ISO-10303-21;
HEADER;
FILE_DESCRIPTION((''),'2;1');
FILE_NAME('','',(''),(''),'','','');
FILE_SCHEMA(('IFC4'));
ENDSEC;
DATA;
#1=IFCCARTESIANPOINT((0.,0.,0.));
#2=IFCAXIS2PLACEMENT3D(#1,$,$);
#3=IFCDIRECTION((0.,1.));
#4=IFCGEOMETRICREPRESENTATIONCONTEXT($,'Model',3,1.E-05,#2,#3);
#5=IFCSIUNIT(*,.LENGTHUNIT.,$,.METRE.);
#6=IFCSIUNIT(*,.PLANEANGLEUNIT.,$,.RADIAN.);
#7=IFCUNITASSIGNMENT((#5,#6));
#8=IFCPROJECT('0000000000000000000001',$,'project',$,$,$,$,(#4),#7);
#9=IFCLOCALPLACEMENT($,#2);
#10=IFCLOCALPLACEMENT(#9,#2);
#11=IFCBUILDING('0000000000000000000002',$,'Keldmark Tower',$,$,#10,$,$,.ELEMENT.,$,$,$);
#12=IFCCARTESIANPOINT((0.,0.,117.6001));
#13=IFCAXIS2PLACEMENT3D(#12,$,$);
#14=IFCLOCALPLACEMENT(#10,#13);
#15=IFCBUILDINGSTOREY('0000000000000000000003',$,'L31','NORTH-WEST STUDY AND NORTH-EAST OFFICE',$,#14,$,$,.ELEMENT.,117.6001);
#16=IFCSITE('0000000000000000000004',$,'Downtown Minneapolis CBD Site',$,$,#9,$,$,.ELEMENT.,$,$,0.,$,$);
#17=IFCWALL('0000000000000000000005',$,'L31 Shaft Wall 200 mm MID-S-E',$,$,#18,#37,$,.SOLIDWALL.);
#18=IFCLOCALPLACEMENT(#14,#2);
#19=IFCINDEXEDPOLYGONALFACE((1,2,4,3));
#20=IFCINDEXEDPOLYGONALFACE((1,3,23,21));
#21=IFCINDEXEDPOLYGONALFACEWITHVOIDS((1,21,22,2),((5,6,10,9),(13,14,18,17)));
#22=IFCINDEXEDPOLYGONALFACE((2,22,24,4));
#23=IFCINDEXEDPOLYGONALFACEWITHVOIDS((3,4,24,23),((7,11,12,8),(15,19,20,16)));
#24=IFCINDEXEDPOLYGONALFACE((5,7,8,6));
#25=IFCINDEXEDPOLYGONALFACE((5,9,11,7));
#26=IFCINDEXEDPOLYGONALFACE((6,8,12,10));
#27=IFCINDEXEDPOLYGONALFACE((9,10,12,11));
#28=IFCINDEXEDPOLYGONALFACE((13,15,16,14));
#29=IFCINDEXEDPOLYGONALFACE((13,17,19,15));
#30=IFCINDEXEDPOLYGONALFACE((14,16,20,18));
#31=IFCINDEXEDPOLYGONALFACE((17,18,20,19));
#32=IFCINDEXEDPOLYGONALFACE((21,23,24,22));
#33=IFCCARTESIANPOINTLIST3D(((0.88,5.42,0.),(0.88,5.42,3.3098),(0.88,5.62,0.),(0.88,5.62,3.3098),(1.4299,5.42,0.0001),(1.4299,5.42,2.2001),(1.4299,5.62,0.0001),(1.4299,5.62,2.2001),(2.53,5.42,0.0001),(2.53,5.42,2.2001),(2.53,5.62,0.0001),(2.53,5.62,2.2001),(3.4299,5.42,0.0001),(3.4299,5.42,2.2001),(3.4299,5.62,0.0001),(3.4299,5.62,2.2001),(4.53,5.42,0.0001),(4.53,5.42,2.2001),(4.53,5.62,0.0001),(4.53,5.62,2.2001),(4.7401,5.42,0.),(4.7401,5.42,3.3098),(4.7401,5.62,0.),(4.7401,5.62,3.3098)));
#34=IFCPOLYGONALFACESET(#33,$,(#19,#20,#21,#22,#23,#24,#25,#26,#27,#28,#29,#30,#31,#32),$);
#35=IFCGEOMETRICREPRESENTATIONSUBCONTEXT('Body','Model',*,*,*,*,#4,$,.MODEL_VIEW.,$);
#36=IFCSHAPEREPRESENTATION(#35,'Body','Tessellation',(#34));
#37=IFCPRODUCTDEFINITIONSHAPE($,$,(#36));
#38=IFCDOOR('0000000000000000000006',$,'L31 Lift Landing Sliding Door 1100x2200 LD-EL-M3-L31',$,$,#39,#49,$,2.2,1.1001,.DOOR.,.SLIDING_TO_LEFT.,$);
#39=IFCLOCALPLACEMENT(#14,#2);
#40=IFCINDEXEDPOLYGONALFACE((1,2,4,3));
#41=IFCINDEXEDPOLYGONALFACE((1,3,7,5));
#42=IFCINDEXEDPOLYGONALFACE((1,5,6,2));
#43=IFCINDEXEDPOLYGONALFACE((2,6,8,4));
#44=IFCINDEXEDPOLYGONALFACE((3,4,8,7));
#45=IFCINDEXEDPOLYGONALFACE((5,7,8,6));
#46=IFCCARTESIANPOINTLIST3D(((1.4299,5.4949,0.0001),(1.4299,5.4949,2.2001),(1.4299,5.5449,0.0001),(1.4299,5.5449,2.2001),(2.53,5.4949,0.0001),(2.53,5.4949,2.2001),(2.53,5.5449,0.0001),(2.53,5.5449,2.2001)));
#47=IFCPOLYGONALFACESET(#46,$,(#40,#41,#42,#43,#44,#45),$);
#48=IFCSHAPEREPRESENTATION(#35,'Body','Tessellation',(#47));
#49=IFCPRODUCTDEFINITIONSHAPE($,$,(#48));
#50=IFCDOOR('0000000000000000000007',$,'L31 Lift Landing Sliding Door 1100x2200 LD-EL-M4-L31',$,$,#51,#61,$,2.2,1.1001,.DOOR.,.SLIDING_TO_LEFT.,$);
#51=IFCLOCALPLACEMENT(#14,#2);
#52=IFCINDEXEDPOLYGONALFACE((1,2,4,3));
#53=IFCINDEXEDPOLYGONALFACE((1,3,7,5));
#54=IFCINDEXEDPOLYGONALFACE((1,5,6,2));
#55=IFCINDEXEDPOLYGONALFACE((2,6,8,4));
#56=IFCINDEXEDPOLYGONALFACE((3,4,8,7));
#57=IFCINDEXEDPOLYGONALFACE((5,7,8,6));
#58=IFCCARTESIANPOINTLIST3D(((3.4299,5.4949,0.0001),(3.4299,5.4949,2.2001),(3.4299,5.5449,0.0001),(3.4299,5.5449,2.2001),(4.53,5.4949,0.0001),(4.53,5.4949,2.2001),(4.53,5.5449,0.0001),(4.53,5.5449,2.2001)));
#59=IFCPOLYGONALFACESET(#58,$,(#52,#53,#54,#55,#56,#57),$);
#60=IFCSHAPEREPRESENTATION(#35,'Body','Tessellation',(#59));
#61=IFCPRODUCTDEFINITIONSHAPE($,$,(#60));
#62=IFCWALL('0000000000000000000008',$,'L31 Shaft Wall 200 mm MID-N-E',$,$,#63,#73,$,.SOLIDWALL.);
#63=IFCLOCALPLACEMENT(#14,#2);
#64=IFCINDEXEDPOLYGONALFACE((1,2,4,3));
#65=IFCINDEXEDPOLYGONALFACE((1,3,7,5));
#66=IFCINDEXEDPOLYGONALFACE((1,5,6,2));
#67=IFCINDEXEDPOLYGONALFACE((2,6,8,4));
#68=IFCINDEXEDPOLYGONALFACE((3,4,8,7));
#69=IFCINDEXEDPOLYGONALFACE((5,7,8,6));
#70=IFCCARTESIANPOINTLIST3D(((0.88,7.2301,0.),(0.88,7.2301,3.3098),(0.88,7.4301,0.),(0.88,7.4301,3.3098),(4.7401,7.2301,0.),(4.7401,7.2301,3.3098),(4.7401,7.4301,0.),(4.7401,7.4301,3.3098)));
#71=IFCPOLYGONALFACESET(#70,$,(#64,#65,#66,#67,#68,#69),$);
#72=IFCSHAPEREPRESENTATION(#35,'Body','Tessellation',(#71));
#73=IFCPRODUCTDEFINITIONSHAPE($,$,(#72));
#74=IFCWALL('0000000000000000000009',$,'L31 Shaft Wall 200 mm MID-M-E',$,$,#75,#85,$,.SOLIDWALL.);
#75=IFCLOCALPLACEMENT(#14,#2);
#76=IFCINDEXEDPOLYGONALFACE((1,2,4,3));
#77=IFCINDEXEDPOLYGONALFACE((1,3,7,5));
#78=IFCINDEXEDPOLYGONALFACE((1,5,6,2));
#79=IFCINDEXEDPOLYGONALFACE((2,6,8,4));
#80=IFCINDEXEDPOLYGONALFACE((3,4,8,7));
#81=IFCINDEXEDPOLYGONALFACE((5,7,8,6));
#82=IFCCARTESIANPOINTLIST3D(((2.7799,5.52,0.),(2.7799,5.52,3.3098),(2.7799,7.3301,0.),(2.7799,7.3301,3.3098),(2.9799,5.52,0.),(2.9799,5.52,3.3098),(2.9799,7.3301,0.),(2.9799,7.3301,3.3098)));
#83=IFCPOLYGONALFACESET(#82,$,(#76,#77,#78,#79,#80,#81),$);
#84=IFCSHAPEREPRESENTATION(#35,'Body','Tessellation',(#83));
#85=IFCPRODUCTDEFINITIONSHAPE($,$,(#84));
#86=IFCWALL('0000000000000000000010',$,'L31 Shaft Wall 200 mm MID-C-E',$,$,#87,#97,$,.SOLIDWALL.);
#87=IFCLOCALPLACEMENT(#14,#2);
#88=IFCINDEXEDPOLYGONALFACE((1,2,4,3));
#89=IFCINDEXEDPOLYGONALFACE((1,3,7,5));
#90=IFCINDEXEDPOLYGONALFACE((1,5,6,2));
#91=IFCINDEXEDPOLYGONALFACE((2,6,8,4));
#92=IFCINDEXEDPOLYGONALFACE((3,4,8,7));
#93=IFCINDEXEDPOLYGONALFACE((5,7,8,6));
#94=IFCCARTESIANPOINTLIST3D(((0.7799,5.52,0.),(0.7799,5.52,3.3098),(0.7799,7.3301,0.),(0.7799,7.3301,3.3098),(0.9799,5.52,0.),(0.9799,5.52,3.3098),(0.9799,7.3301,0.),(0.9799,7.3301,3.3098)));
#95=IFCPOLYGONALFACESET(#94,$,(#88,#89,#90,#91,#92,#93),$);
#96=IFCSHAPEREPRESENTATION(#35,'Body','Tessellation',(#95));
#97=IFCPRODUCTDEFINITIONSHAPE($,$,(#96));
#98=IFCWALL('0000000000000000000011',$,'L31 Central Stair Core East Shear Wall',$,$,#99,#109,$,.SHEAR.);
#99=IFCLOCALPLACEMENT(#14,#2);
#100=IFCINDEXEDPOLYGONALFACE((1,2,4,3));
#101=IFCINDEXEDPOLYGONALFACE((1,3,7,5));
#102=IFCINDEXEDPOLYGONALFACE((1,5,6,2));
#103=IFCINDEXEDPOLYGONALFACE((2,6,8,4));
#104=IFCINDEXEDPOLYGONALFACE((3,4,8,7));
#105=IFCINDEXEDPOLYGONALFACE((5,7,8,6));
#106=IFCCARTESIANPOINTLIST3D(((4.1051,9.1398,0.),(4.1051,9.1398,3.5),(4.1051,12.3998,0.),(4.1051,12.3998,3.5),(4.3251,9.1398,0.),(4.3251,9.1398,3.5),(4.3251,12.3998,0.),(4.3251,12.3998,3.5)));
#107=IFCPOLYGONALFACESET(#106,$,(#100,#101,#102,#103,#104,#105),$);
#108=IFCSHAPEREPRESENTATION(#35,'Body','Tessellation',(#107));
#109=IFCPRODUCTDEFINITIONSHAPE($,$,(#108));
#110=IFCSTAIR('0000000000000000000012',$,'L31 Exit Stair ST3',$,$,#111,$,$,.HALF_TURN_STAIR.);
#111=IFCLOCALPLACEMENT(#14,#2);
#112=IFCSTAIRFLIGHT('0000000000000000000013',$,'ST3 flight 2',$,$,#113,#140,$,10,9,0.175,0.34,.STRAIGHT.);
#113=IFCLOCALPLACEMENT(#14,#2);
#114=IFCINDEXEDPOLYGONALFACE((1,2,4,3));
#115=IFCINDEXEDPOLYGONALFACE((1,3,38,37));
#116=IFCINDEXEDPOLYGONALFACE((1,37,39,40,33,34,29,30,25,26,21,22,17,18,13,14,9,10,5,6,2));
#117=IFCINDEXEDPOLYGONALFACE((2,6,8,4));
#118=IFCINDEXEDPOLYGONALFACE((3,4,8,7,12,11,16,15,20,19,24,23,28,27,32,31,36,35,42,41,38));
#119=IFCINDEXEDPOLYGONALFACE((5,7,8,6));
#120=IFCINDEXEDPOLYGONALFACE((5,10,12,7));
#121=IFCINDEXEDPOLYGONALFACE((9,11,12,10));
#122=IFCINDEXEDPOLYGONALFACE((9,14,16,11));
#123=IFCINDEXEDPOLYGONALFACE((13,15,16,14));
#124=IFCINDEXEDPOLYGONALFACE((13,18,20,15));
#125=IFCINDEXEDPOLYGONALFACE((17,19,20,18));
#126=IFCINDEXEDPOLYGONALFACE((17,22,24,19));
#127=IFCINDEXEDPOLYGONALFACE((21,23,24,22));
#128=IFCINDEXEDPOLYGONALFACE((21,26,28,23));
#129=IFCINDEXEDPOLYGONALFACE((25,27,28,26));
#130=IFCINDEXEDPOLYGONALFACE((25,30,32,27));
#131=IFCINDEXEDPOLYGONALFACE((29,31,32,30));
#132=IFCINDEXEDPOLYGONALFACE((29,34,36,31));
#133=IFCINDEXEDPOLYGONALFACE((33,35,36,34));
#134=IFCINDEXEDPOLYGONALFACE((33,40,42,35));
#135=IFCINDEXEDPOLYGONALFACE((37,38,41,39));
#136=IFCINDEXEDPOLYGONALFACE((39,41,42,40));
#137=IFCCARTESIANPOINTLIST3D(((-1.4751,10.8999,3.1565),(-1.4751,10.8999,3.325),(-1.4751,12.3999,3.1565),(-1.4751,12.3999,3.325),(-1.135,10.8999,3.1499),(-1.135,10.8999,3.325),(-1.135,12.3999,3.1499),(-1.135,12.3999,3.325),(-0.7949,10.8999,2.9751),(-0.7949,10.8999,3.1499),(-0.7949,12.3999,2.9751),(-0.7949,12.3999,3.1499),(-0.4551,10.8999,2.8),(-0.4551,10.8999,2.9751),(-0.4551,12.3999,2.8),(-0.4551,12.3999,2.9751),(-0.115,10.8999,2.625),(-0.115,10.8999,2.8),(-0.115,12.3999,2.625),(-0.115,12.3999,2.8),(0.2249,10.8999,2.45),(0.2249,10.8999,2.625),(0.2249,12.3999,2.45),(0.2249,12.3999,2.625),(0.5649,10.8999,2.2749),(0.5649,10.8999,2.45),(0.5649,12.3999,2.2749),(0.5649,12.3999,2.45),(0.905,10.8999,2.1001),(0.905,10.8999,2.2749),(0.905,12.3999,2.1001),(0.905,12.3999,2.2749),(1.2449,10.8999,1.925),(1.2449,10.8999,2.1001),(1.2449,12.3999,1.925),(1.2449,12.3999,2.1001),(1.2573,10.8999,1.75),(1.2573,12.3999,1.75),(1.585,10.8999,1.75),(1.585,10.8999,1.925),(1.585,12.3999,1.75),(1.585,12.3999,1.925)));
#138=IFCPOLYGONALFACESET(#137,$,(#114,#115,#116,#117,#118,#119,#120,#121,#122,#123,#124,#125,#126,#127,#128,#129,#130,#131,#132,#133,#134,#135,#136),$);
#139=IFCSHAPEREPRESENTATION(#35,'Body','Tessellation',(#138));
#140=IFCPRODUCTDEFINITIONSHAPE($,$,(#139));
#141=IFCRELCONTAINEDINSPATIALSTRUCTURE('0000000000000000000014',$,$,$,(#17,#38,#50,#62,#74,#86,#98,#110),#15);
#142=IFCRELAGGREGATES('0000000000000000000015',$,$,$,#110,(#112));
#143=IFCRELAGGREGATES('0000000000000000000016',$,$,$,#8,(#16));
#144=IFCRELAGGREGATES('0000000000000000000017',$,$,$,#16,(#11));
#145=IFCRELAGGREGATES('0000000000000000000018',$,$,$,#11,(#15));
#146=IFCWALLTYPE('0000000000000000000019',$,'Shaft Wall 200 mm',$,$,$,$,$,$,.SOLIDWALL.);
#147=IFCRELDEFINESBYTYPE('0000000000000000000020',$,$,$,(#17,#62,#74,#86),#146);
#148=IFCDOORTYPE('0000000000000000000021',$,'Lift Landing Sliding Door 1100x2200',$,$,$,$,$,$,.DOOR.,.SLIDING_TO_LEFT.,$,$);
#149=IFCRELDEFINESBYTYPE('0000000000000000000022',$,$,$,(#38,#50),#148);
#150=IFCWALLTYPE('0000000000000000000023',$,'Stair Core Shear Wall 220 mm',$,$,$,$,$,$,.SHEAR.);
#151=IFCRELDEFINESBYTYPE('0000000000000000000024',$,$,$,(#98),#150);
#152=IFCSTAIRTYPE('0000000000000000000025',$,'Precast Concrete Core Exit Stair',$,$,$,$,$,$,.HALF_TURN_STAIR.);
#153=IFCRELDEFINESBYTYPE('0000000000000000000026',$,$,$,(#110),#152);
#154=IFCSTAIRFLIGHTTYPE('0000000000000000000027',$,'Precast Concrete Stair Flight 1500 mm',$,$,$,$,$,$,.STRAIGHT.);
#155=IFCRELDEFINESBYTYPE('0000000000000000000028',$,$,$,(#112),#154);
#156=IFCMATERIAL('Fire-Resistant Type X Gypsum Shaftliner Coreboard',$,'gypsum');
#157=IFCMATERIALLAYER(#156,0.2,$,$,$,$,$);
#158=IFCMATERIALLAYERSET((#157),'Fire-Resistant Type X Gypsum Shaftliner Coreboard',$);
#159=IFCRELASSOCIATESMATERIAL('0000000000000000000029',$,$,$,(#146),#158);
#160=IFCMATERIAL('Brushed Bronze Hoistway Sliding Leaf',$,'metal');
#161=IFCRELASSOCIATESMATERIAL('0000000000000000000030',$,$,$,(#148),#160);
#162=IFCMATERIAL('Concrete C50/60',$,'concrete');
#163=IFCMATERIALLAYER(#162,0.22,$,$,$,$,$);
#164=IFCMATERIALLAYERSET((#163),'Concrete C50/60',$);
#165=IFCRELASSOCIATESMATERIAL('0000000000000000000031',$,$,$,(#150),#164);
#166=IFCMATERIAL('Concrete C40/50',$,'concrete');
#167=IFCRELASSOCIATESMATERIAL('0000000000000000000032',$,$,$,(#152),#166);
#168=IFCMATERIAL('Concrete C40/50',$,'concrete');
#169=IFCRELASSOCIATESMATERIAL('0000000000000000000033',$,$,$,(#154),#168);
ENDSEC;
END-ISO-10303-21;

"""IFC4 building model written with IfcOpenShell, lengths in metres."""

from ifc_helpers import new_model, si_unit, direction, frame, frame_2d, origin, place, context, subcontext, project, spatial, polyline, rectangle, outline, extrude, material, layer, layer_set, type_object, element, fill, aggregate, save


model = new_model("IFC4")

# Units and contexts
model_context = context("Model", 3, precision=1e-05, world=origin(), true_north=direction((0.0, 1.0)))
body_context = subcontext(model_context, "Body", "Model", "MODEL_VIEW")
ifc_project = project(units=[si_unit("LENGTHUNIT", "METRE"), si_unit("PLANEANGLEUNIT", "RADIAN")], contexts=[model_context])

# Site, building, storey
site_placement = place(None, origin())
site = spatial("IfcSite", under=ifc_project, at=site_placement, Name="Downtown Minneapolis CBD Site", CompositionType="ELEMENT", RefElevation=0.0)
building_placement = place(site_placement, origin())
building = spatial("IfcBuilding", under=site, at=building_placement, Name="Keldmark Tower", CompositionType="ELEMENT")
storey_placement = place(building_placement, frame((0.0, 0.0, 117.6001)))
storey = spatial("IfcBuildingStorey", under=building, at=storey_placement, Name="L31", Description="NORTH-WEST STUDY AND NORTH-EAST OFFICE", CompositionType="ELEMENT", Elevation=117.6001)

# Wall, openings, doors
ifc_material_1 = material(Name="Fire-Resistant Type X Gypsum Shaftliner Coreboard", Category="gypsum")
ifc_layer_1 = layer(ifc_material_1, 0.2)
ifc_layer_set_1 = layer_set([ifc_layer_1], Name="Fire-Resistant Type X Gypsum Shaftliner Coreboard")
wall_type_1 = type_object("IfcWallType", Name="Shaft Wall 200 mm", PredefinedType="SOLIDWALL", material=ifc_layer_set_1)
wall_1_placement = place(storey_placement, frame((0.8799, 5.52, 0.0), z_axis=(0.0, 0.0, 1.0), x_axis=(1.0, 0.0, 0.0)))
wall_1 = element("IfcWall", 1, at=wall_1_placement, inside=storey, type_object=wall_type_1, Name="L31 Shaft Wall 200 mm MID-S-E", PredefinedType="SOLIDWALL", context=body_context, shape_type="SweptSolid", body=[
    extrude(rectangle(XDim=3.8601, YDim=0.2, at=frame_2d((1.9302, 0.0))), origin(), (0.0, 0.0, 1.0), 3.3098),
])
opening_1_placement = place(wall_1_placement, frame((0.55, 0.0, 0.0)))
opening_1 = element("IfcOpeningElement", 2, at=opening_1_placement, cuts=wall_1, PredefinedType="OPENING", context=body_context, shape_type="SweptSolid", body=[
    extrude(rectangle(XDim=1.1001, YDim=2.2, at=frame_2d((0.55, 1.1001))), frame((0.0, 0.1099, 0.0), z_axis=(0.0, -1.0, 0.0), x_axis=(1.0, 0.0, 0.0)), (0.0, 0.0, 1.0), 0.22),
])
opening_2_placement = place(wall_1_placement, frame((2.55, 0.0, 0.0)))
opening_2 = element("IfcOpeningElement", 3, at=opening_2_placement, cuts=wall_1, PredefinedType="OPENING", context=body_context, shape_type="SweptSolid", body=[
    extrude(rectangle(XDim=1.1001, YDim=2.2, at=frame_2d((0.55, 1.1001))), frame((0.0, 0.1099, 0.0), z_axis=(0.0, -1.0, 0.0), x_axis=(1.0, 0.0, 0.0)), (0.0, 0.0, 1.0), 0.22),
])
ifc_material_2 = material(Name="Brushed Bronze Hoistway Sliding Leaf", Category="metal")
door_type_1 = type_object("IfcDoorType", Name="Lift Landing Sliding Door 1100x2200", OperationType="SLIDING_TO_LEFT", PredefinedType="DOOR", material=ifc_material_2)
door_1_placement = place(opening_1_placement, origin())
door_1 = element("IfcDoor", 4, at=door_1_placement, inside=storey, type_object=door_type_1, Name="L31 Lift Landing Sliding Door 1100x2200 LD-EL-M3-L31", OperationType="SLIDING_TO_LEFT", OverallHeight=2.2, OverallWidth=1.1001, PredefinedType="DOOR", context=body_context, shape_type="SweptSolid", body=[
    extrude(rectangle(XDim=1.1001, YDim=2.2, at=frame_2d((0.55, 1.1001))), frame((0.0, 0.0249, 0.0), z_axis=(0.0, -1.0, 0.0), x_axis=(1.0, 0.0, 0.0)), (0.0, 0.0, 1.0), 0.05),
])
fill(opening_1, door_1)
door_2_placement = place(opening_2_placement, origin())
door_2 = element("IfcDoor", 5, at=door_2_placement, inside=storey, type_object=door_type_1, Name="L31 Lift Landing Sliding Door 1100x2200 LD-EL-M4-L31", OperationType="SLIDING_TO_LEFT", OverallHeight=2.2, OverallWidth=1.1001, PredefinedType="DOOR", context=body_context, shape_type="SweptSolid", body=[
    extrude(rectangle(XDim=1.1001, YDim=2.2, at=frame_2d((0.55, 1.1001))), frame((0.0, 0.0249, 0.0), z_axis=(0.0, -1.0, 0.0), x_axis=(1.0, 0.0, 0.0)), (0.0, 0.0, 1.0), 0.05),
])
fill(opening_2, door_2)

# Walls
wall_2_placement = place(storey_placement, frame((0.8799, 7.3301, 0.0), z_axis=(0.0, 0.0, 1.0), x_axis=(1.0, 0.0, 0.0)))
element("IfcWall", 6, at=wall_2_placement, inside=storey, type_object=wall_type_1, Name="L31 Shaft Wall 200 mm MID-N-E", PredefinedType="SOLIDWALL", context=body_context, shape_type="SweptSolid", body=[
    extrude(rectangle(XDim=3.8601, YDim=0.2, at=frame_2d((1.9302, 0.0))), origin(), (0.0, 0.0, 1.0), 3.3098),
])
for number, where, z_axis, x_axis, name in (
    (7, (2.8799, 5.52, 0.0), (0.0, 0.0, 1.0), (0.0, 1.0, 0.0), "L31 Shaft Wall 200 mm MID-M-E"),
    (8, (0.8799, 5.52, 0.0), (0.0, 0.0, 1.0), (0.0, 1.0, 0.0), "L31 Shaft Wall 200 mm MID-C-E"),
):
    element("IfcWall", number, at=place(storey_placement, frame(where, z_axis=z_axis, x_axis=x_axis)), inside=storey, type_object=wall_type_1, Name=name, PredefinedType="SOLIDWALL", context=body_context, shape_type="SweptSolid", body=[
        extrude(rectangle(XDim=1.8101, YDim=0.2, at=frame_2d((0.905, 0.0))), origin(), (0.0, 0.0, 1.0), 3.3098),
    ])
ifc_material_3 = material(Name="Concrete C50/60", Category="concrete")
ifc_layer_2 = layer(ifc_material_3, 0.22)
ifc_layer_set_2 = layer_set([ifc_layer_2], Name="Concrete C50/60")
wall_type_2 = type_object("IfcWallType", Name="Stair Core Shear Wall 220 mm", PredefinedType="SHEAR", material=ifc_layer_set_2)
wall_3_placement = place(storey_placement, frame((4.2151, 9.1399, 0.0), z_axis=(0.0, 0.0, 1.0), x_axis=(0.0, 1.0, 0.0)))
element("IfcWall", 9, at=wall_3_placement, inside=storey, type_object=wall_type_2, Name="L31 Central Stair Core East Shear Wall", PredefinedType="SHEAR", context=body_context, shape_type="SweptSolid", body=[
    extrude(rectangle(XDim=3.26, YDim=0.22, at=frame_2d((1.6299, 0.0))), origin(), (0.0, 0.0, 1.0), 3.5),
])

# Stair, stair flight
ifc_material_4 = material(Name="Concrete C40/50", Category="concrete")
stair_type = type_object("IfcStairType", Name="Precast Concrete Core Exit Stair", PredefinedType="HALF_TURN_STAIR", material=ifc_material_4)
stair_placement = place(storey_placement, origin())
stair = element("IfcStair", 10, at=stair_placement, inside=storey, type_object=stair_type, Name="L31 Exit Stair ST3", PredefinedType="HALF_TURN_STAIR")
ifc_material_5 = material(Name="Concrete C40/50", Category="concrete")
stair_flight_type = type_object("IfcStairFlightType", Name="Precast Concrete Stair Flight 1500 mm", PredefinedType="STRAIGHT", material=ifc_material_5)
stair_flight_placement = place(storey_placement, frame((1.585, 11.6499, 1.75), z_axis=(0.0, 0.0, 1.0), x_axis=(-1.0, 0.0, 0.0)))
stair_flight = element("IfcStairFlight", 11, at=stair_flight_placement, type_object=stair_flight_type, Name="ST3 flight 2", NumberOfRisers=10, NumberOfTreads=9, PredefinedType="STRAIGHT", RiserHeight=0.175, TreadLength=0.34, context=body_context, shape_type="SweptSolid", body=[
    extrude(outline(polyline([(0.0, 0.0), (0.0, 0.175), (0.3401, 0.175), (0.3401, 0.3501), (0.6799, 0.3501), (0.6799, 0.5249), (1.02, 0.5249), (1.02, 0.7), (1.3601, 0.7), (1.3601, 0.875), (1.7, 0.875), (1.7, 1.05), (2.04, 1.05), (2.04, 1.2251), (2.3799, 1.2251), (2.3799, 1.3999), (2.72, 1.3999), (2.72, 1.575), (3.0601, 1.575), (3.0601, 1.75), (3.0601, 1.4065), (0.3276, 0.0), (0.0, 0.0)])), frame((0.0, 0.75, 0.0), z_axis=(0.0, -1.0, 0.0), x_axis=(1.0, 0.0, 0.0)), (0.0, 0.0, 1.0), 1.5),
])
aggregate(stair, [stair_flight])

save(model, "model.ifc")
